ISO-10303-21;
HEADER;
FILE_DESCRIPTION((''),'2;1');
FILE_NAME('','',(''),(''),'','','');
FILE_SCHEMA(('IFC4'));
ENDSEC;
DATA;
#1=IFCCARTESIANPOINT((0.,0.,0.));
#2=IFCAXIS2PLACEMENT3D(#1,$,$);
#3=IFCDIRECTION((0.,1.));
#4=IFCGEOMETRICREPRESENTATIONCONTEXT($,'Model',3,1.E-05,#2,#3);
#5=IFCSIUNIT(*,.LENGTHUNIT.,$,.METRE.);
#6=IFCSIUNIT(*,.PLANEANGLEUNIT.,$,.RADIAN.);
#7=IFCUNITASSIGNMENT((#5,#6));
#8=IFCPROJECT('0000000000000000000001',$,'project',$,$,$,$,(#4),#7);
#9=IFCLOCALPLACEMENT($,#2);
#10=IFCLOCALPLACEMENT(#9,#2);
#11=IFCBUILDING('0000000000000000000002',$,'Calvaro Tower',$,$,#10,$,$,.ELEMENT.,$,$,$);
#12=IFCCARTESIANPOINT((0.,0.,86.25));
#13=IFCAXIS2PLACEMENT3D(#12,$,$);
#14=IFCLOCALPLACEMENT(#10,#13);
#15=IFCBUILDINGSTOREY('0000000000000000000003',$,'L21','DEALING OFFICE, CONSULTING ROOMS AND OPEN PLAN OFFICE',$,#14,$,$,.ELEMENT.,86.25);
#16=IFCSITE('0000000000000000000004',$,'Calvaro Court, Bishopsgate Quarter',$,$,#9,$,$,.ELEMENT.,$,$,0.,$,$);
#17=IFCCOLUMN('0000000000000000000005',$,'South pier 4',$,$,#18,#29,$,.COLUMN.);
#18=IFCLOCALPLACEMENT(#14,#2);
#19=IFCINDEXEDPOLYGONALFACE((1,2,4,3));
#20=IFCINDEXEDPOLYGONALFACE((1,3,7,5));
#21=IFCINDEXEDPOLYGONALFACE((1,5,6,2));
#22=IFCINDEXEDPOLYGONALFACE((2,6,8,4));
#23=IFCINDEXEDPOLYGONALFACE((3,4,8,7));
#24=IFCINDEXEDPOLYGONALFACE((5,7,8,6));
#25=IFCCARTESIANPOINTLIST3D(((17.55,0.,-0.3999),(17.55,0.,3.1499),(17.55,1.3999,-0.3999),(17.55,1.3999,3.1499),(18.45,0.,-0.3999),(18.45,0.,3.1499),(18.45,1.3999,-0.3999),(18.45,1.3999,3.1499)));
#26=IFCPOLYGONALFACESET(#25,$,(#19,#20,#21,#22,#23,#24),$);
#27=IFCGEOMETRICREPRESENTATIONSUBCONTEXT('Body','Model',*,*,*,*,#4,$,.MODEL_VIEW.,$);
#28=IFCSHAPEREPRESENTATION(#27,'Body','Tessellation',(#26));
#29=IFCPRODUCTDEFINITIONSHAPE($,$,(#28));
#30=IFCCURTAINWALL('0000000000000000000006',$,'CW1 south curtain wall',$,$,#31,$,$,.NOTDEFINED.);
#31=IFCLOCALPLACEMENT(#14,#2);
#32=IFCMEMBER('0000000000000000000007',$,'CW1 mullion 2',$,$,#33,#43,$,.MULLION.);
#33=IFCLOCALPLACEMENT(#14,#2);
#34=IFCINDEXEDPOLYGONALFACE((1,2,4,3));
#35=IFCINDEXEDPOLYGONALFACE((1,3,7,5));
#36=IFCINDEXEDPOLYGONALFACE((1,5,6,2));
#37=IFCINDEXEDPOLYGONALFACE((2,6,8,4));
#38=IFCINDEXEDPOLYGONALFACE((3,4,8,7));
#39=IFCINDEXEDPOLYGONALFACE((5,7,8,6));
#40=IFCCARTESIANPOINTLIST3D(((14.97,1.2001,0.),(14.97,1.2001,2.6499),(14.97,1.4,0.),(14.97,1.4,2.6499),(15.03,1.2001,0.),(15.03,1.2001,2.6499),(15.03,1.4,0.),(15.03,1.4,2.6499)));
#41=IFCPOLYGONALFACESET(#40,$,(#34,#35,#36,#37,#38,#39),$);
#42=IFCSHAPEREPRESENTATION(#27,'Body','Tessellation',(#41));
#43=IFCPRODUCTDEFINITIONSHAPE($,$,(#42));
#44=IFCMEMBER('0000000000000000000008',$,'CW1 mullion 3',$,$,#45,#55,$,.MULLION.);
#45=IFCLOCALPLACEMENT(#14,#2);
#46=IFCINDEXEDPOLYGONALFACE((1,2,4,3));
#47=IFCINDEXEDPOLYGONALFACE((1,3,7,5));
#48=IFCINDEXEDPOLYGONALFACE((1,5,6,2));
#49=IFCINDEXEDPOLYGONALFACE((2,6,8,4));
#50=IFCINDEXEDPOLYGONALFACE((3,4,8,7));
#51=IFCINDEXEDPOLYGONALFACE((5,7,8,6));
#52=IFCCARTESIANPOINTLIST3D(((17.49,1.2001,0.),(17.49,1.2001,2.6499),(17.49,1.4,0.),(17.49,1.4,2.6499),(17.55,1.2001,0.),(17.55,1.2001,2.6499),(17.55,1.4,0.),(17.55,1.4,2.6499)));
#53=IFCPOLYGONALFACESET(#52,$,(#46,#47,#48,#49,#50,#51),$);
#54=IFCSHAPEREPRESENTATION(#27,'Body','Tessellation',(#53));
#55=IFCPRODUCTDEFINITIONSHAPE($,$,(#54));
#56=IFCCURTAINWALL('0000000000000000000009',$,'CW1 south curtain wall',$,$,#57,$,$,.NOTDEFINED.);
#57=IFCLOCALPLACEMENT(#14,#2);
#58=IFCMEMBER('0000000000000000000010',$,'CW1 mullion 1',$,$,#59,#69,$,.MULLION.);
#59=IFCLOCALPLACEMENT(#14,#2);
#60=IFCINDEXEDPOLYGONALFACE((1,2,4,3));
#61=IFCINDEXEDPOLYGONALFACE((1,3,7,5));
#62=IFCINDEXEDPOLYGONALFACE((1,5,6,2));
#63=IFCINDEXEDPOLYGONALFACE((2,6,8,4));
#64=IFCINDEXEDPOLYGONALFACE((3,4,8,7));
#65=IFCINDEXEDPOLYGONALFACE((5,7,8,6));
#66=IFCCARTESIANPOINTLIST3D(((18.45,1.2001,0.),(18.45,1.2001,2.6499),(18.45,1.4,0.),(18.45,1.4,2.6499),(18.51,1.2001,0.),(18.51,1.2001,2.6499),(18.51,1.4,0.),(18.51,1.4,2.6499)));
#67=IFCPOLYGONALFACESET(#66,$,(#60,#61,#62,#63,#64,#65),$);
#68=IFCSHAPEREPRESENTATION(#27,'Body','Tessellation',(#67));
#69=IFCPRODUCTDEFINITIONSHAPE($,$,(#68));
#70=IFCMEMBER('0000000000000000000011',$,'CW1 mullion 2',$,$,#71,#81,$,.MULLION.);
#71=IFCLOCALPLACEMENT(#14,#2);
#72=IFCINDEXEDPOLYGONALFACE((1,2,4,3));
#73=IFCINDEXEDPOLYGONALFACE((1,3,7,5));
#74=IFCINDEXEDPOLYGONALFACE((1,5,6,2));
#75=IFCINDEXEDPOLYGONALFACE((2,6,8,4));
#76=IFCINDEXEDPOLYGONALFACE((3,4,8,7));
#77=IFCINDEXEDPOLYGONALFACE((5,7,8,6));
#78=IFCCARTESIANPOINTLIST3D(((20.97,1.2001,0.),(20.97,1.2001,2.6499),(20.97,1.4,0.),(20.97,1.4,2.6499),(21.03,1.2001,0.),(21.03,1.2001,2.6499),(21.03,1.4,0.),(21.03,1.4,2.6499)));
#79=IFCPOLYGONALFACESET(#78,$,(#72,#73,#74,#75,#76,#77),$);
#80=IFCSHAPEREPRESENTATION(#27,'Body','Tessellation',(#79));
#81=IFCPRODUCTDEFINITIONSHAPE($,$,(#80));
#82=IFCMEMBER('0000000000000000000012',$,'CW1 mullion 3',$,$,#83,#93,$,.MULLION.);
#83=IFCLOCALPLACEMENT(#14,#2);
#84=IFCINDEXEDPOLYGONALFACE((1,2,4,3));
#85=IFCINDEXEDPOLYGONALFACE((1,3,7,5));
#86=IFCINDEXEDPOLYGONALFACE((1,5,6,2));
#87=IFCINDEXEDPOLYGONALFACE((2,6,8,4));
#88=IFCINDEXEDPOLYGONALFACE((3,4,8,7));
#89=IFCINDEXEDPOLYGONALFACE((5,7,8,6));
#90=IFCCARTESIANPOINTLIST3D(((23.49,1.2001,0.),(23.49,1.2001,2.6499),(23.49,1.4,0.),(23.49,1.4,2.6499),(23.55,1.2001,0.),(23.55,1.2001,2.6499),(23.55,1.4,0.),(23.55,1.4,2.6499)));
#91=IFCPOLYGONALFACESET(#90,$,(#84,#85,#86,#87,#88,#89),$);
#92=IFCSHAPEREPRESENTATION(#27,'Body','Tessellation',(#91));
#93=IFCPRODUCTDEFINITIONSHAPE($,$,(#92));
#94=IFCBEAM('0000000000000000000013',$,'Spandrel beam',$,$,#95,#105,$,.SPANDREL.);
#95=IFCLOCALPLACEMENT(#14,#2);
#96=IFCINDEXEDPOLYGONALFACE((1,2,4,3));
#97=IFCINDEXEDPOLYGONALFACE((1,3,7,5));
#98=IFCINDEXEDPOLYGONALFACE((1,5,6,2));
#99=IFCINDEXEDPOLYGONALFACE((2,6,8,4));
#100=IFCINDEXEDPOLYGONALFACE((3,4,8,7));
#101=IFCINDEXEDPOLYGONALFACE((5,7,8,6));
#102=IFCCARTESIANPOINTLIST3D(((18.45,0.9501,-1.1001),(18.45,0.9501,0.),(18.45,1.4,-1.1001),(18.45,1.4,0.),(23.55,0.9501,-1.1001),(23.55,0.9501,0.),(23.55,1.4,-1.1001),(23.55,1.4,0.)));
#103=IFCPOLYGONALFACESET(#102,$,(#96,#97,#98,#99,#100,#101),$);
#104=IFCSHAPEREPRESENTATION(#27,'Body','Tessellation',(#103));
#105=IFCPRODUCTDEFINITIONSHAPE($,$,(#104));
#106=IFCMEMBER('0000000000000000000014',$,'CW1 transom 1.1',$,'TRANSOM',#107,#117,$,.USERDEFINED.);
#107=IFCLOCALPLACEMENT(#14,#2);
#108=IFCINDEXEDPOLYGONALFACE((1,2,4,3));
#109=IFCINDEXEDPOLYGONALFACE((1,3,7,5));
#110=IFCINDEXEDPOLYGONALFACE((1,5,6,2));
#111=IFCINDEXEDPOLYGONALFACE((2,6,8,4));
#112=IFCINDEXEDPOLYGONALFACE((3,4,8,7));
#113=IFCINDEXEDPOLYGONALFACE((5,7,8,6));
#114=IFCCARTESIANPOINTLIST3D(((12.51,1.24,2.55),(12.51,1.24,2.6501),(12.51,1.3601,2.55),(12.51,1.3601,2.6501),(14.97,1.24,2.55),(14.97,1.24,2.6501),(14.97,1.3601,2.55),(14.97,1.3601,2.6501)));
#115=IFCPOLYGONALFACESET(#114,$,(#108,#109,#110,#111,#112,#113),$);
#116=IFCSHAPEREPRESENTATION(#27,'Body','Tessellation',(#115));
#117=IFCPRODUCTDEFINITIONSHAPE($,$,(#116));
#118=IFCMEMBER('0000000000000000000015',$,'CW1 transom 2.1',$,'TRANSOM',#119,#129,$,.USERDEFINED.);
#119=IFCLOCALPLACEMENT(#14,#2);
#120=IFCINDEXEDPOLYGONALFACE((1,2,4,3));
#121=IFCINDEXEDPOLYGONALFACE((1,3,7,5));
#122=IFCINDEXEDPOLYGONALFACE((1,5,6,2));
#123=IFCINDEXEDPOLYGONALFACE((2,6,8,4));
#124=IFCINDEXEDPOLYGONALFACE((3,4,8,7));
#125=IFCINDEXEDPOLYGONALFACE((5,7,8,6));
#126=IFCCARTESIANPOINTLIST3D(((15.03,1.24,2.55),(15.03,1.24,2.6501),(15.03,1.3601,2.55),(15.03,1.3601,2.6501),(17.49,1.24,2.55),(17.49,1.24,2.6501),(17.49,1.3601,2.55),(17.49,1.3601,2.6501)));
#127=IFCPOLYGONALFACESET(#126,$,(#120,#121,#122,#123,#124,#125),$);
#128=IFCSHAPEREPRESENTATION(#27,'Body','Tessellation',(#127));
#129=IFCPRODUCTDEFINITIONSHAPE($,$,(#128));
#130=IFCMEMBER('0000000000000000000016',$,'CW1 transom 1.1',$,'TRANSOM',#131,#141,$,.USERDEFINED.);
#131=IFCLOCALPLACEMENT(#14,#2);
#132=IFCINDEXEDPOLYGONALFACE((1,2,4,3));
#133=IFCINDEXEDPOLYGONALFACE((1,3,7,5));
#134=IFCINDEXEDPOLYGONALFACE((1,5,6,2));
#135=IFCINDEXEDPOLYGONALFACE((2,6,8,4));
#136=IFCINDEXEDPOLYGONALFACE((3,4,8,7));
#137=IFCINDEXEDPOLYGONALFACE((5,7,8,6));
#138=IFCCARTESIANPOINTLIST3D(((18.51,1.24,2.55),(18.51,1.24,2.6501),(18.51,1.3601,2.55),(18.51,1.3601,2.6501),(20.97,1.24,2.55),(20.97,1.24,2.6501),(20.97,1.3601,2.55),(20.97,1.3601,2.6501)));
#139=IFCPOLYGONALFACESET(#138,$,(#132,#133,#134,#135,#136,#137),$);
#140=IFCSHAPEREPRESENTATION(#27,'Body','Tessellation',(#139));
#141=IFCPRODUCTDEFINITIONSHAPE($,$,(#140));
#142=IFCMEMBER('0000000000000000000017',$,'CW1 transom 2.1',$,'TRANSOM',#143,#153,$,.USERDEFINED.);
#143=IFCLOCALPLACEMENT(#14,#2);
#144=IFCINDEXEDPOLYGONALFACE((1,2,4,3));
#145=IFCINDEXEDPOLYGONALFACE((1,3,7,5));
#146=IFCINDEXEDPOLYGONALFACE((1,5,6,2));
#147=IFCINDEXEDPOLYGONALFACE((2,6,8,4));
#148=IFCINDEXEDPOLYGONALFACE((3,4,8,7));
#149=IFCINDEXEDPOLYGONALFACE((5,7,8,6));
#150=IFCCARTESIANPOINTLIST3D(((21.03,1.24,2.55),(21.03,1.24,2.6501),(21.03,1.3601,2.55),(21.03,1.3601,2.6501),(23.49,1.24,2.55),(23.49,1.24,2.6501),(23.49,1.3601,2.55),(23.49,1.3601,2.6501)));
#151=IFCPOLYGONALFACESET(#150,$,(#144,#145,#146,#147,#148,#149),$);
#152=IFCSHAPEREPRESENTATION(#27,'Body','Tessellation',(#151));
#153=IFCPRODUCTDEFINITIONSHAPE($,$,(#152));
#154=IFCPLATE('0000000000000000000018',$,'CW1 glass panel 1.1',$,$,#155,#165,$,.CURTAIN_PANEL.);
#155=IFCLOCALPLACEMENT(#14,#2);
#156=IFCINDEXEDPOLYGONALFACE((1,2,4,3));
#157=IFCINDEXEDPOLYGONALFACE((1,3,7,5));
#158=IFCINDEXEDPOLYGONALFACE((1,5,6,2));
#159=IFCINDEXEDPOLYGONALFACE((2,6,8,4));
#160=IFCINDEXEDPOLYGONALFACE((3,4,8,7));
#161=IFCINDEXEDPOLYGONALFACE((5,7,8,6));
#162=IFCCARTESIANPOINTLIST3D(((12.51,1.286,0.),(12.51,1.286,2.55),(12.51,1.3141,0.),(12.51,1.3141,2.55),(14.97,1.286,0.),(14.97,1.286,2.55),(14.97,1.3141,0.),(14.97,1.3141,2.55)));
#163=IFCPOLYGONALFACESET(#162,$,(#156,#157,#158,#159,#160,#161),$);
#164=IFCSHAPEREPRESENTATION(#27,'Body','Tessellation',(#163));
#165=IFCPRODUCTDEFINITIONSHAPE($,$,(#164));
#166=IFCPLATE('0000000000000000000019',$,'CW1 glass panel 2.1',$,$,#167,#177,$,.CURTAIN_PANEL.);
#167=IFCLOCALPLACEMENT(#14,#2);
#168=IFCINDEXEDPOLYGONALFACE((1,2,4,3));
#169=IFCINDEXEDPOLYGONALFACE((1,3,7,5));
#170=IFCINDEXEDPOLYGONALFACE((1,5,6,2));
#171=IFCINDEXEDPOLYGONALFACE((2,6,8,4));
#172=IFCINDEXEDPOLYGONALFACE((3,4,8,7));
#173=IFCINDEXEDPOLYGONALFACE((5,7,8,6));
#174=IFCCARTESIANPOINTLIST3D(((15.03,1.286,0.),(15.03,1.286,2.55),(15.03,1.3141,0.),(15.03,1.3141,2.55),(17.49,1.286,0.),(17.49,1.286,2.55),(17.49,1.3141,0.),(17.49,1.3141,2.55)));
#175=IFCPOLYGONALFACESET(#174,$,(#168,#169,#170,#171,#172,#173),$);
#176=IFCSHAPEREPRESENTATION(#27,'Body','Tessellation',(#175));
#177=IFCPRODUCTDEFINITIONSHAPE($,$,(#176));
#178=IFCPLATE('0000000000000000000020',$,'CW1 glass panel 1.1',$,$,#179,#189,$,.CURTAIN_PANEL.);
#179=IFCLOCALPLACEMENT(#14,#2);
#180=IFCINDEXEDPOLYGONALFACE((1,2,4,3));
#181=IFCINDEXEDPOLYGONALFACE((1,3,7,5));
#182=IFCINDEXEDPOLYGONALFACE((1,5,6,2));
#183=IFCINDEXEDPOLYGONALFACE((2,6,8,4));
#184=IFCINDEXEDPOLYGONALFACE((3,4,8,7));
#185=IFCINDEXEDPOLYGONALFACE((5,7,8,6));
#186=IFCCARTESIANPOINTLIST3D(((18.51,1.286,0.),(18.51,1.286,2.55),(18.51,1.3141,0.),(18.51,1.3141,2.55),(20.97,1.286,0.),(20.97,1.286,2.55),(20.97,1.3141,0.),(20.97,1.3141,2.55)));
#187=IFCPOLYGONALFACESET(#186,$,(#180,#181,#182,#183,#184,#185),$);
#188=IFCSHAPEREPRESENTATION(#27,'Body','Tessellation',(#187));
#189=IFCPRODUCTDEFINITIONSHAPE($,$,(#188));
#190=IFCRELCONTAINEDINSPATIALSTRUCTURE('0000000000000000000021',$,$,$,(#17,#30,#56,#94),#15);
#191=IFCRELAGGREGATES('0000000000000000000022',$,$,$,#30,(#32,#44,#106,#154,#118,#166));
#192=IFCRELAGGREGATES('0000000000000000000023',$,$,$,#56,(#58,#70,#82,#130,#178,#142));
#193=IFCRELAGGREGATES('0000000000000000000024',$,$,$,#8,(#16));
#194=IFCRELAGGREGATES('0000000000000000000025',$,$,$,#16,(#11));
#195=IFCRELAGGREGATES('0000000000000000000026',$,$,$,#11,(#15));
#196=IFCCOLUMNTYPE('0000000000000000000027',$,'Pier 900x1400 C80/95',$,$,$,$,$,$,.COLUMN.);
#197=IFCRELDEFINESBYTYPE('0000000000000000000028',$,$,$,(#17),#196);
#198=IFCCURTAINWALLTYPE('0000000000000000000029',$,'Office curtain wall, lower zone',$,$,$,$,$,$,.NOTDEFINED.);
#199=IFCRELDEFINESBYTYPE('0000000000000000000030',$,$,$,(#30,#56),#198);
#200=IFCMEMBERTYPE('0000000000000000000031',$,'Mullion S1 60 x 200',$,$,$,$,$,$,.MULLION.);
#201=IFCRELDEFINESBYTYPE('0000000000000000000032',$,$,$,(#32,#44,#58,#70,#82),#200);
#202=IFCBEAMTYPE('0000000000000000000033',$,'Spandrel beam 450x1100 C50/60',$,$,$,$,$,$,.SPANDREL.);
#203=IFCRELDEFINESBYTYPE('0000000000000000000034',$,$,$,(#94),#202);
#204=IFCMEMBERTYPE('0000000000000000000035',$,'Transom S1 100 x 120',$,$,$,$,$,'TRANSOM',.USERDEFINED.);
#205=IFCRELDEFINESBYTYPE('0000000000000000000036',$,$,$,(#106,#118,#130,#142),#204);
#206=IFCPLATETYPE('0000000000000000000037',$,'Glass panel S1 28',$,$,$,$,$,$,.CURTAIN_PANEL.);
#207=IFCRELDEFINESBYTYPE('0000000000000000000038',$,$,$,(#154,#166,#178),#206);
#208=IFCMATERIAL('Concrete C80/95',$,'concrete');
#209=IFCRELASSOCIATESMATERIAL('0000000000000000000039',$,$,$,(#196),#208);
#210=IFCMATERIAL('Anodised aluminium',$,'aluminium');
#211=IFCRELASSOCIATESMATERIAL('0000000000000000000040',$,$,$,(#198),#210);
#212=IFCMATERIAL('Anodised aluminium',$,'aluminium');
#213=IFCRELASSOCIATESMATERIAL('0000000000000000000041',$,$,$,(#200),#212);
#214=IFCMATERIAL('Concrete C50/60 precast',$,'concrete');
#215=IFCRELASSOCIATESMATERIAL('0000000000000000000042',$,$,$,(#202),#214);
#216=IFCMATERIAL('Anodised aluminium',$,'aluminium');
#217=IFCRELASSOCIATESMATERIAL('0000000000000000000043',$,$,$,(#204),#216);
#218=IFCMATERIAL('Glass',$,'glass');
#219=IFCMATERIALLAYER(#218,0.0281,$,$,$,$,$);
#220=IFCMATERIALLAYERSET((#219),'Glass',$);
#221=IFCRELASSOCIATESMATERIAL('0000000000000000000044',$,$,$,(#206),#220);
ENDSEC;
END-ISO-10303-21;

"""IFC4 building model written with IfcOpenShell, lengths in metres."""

from ifc_helpers import new_model, si_unit, direction, frame, origin, origin_2d, place, context, subcontext, project, spatial, rectangle, extrude, material, layer, layer_set, material_profile, profile_set, type_object, element, aggregate, save


model = new_model("IFC4")

# Units and contexts
model_context = context("Model", 3, precision=1e-05, world=origin(), true_north=direction((0.0, 1.0)))
body_context = subcontext(model_context, "Body", "Model", "MODEL_VIEW")
ifc_project = project(units=[si_unit("LENGTHUNIT", "METRE"), si_unit("PLANEANGLEUNIT", "RADIAN")], contexts=[model_context])

# Site, building, storey
site_placement = place(None, origin())
site = spatial("IfcSite", under=ifc_project, at=site_placement, Name="Calvaro Court, Bishopsgate Quarter", CompositionType="ELEMENT", RefElevation=0.0)
building_placement = place(site_placement, origin())
building = spatial("IfcBuilding", under=site, at=building_placement, Name="Calvaro Tower", CompositionType="ELEMENT")
storey_placement = place(building_placement, frame((0.0, 0.0, 86.25)))
storey = spatial("IfcBuildingStorey", under=building, at=storey_placement, Name="L21", Description="DEALING OFFICE, CONSULTING ROOMS AND OPEN PLAN OFFICE", CompositionType="ELEMENT", Elevation=86.25)

# Column
ifc_material_1 = material(Name="Concrete C80/95", Category="concrete")
ifc_material_profile_1 = material_profile(ifc_material_1, rectangle(XDim=0.8999, YDim=1.3999, at=origin_2d()), Name="RC 900x1400")
ifc_profile_set_1 = profile_set([ifc_material_profile_1], Name="Concrete C80/95")
column_type = type_object("IfcColumnType", Name="Pier 900x1400 C80/95", PredefinedType="COLUMN", material=ifc_profile_set_1)
column_placement = place(storey_placement, frame((18.0, 0.7, -0.3999), z_axis=(0.0, 0.0, 1.0), x_axis=(1.0, 0.0, 0.0)))
element("IfcColumn", 1, at=column_placement, inside=storey, type_object=column_type, Name="South pier 4", PredefinedType="COLUMN", context=body_context, shape_type="SweptSolid", body=[
    extrude(rectangle(XDim=0.8999, YDim=1.3999, at=origin_2d()), origin(), (0.0, 0.0, 1.0), 3.5498),
])

# Curtain walls, members
ifc_material_2 = material(Name="Anodised aluminium", Category="aluminium")
curtain_wall_type = type_object("IfcCurtainWallType", Name="Office curtain wall, lower zone", PredefinedType="NOTDEFINED", material=ifc_material_2)
curtain_wall_1_placement = place(storey_placement, origin())
curtain_wall_1 = element("IfcCurtainWall", 2, at=curtain_wall_1_placement, inside=storey, type_object=curtain_wall_type, Name="CW1 south curtain wall", PredefinedType="NOTDEFINED")
ifc_material_3 = material(Name="Anodised aluminium", Category="aluminium")
ifc_material_profile_2 = material_profile(ifc_material_3, rectangle(XDim=0.2, YDim=0.0601, at=origin_2d()), Name="Mullion S1 60 x 200")
ifc_profile_set_2 = profile_set([ifc_material_profile_2], Name="Anodised aluminium")
member_type_1 = type_object("IfcMemberType", Name="Mullion S1 60 x 200", PredefinedType="MULLION", material=ifc_profile_set_2)
member_1_placement = place(storey_placement, frame((15.0, 1.3, 0.0), z_axis=(0.0, 0.0, 1.0), x_axis=(0.0, 1.0, 0.0)))
member_1 = element("IfcMember", 3, at=member_1_placement, type_object=member_type_1, Name="CW1 mullion 2", PredefinedType="MULLION", context=body_context, shape_type="SweptSolid", body=[
    extrude(rectangle(XDim=0.2, YDim=0.0601, at=origin_2d()), origin(), (0.0, 0.0, 1.0), 2.6499),
])
member_2_placement = place(storey_placement, frame((17.52, 1.3, 0.0), z_axis=(0.0, 0.0, 1.0), x_axis=(0.0, 1.0, 0.0)))
member_2 = element("IfcMember", 4, at=member_2_placement, type_object=member_type_1, Name="CW1 mullion 3", PredefinedType="MULLION", context=body_context, shape_type="SweptSolid", body=[
    extrude(rectangle(XDim=0.2, YDim=0.0601, at=origin_2d()), origin(), (0.0, 0.0, 1.0), 2.6499),
])
curtain_wall_2_placement = place(storey_placement, origin())
curtain_wall_2 = element("IfcCurtainWall", 5, at=curtain_wall_2_placement, inside=storey, type_object=curtain_wall_type, Name="CW1 south curtain wall", PredefinedType="NOTDEFINED")
member_3_placement = place(storey_placement, frame((18.48, 1.3, 0.0), z_axis=(0.0, 0.0, 1.0), x_axis=(0.0, 1.0, 0.0)))
member_3 = element("IfcMember", 6, at=member_3_placement, type_object=member_type_1, Name="CW1 mullion 1", PredefinedType="MULLION", context=body_context, shape_type="SweptSolid", body=[
    extrude(rectangle(XDim=0.2, YDim=0.0601, at=origin_2d()), origin(), (0.0, 0.0, 1.0), 2.6499),
])
member_4_placement = place(storey_placement, frame((21.0, 1.3, 0.0), z_axis=(0.0, 0.0, 1.0), x_axis=(0.0, 1.0, 0.0)))
member_4 = element("IfcMember", 7, at=member_4_placement, type_object=member_type_1, Name="CW1 mullion 2", PredefinedType="MULLION", context=body_context, shape_type="SweptSolid", body=[
    extrude(rectangle(XDim=0.2, YDim=0.0601, at=origin_2d()), origin(), (0.0, 0.0, 1.0), 2.6499),
])
member_5_placement = place(storey_placement, frame((23.52, 1.3, 0.0), z_axis=(0.0, 0.0, 1.0), x_axis=(0.0, 1.0, 0.0)))
member_5 = element("IfcMember", 8, at=member_5_placement, type_object=member_type_1, Name="CW1 mullion 3", PredefinedType="MULLION", context=body_context, shape_type="SweptSolid", body=[
    extrude(rectangle(XDim=0.2, YDim=0.0601, at=origin_2d()), origin(), (0.0, 0.0, 1.0), 2.6499),
])

# Beam
ifc_material_4 = material(Name="Concrete C50/60 precast", Category="concrete")
ifc_material_profile_3 = material_profile(ifc_material_4, rectangle(XDim=0.45, YDim=1.1001, at=origin_2d()), Name="RC 450x1100")
ifc_profile_set_3 = profile_set([ifc_material_profile_3], Name="Concrete C50/60 precast")
beam_type = type_object("IfcBeamType", Name="Spandrel beam 450x1100 C50/60", PredefinedType="SPANDREL", material=ifc_profile_set_3)
beam_placement = place(storey_placement, frame((18.45, 1.175, -0.55), z_axis=(1.0, 0.0, 0.0), x_axis=(0.0, 1.0, 0.0)))
element("IfcBeam", 9, at=beam_placement, inside=storey, type_object=beam_type, Name="Spandrel beam", PredefinedType="SPANDREL", context=body_context, shape_type="SweptSolid", body=[
    extrude(rectangle(XDim=0.45, YDim=1.1001, at=origin_2d()), origin(), (0.0, 0.0, 1.0), 5.1001),
])

# Members
ifc_material_5 = material(Name="Anodised aluminium", Category="aluminium")
ifc_material_profile_4 = material_profile(ifc_material_5, rectangle(XDim=0.1201, YDim=0.1001, at=origin_2d()), Name="Transom S1 100 x 120")
ifc_profile_set_4 = profile_set([ifc_material_profile_4], Name="Anodised aluminium")
member_type_2 = type_object("IfcMemberType", Name="Transom S1 100 x 120", ElementType="TRANSOM", PredefinedType="USERDEFINED", material=ifc_profile_set_4)
member_6_placement = place(storey_placement, frame((12.51, 1.3, 2.6001), z_axis=(1.0, 0.0, 0.0), x_axis=(0.0, 1.0, 0.0)))
member_6 = element("IfcMember", 10, at=member_6_placement, type_object=member_type_2, Name="CW1 transom 1.1", ObjectType="TRANSOM", PredefinedType="USERDEFINED", context=body_context, shape_type="SweptSolid", body=[
    extrude(rectangle(XDim=0.1201, YDim=0.1001, at=origin_2d()), origin(), (0.0, 0.0, 1.0), 2.46),
])
member_7_placement = place(storey_placement, frame((15.03, 1.3, 2.6001), z_axis=(1.0, 0.0, 0.0), x_axis=(0.0, 1.0, 0.0)))
member_7 = element("IfcMember", 11, at=member_7_placement, type_object=member_type_2, Name="CW1 transom 2.1", ObjectType="TRANSOM", PredefinedType="USERDEFINED", context=body_context, shape_type="SweptSolid", body=[
    extrude(rectangle(XDim=0.1201, YDim=0.1001, at=origin_2d()), origin(), (0.0, 0.0, 1.0), 2.46),
])
member_8_placement = place(storey_placement, frame((18.51, 1.3, 2.6001), z_axis=(1.0, 0.0, 0.0), x_axis=(0.0, 1.0, 0.0)))
member_8 = element("IfcMember", 12, at=member_8_placement, type_object=member_type_2, Name="CW1 transom 1.1", ObjectType="TRANSOM", PredefinedType="USERDEFINED", context=body_context, shape_type="SweptSolid", body=[
    extrude(rectangle(XDim=0.1201, YDim=0.1001, at=origin_2d()), origin(), (0.0, 0.0, 1.0), 2.46),
])
member_9_placement = place(storey_placement, frame((21.03, 1.3, 2.6001), z_axis=(1.0, 0.0, 0.0), x_axis=(0.0, 1.0, 0.0)))
member_9 = element("IfcMember", 13, at=member_9_placement, type_object=member_type_2, Name="CW1 transom 2.1", ObjectType="TRANSOM", PredefinedType="USERDEFINED", context=body_context, shape_type="SweptSolid", body=[
    extrude(rectangle(XDim=0.1201, YDim=0.1001, at=origin_2d()), origin(), (0.0, 0.0, 1.0), 2.46),
])

# Plates
ifc_material_6 = material(Name="Glass", Category="glass")
ifc_layer = layer(ifc_material_6, 0.0281)
ifc_layer_set = layer_set([ifc_layer], Name="Glass")
plate_type = type_object("IfcPlateType", Name="Glass panel S1 28", PredefinedType="CURTAIN_PANEL", material=ifc_layer_set)
plate_1_placement = place(storey_placement, frame((13.74, 1.3, 0.0), z_axis=(0.0, 0.0, 1.0), x_axis=(1.0, 0.0, 0.0)))
plate_1 = element("IfcPlate", 14, at=plate_1_placement, type_object=plate_type, Name="CW1 glass panel 1.1", PredefinedType="CURTAIN_PANEL", context=body_context, shape_type="SweptSolid", body=[
    extrude(rectangle(XDim=2.46, YDim=0.0281, at=origin_2d()), origin(), (0.0, 0.0, 1.0), 2.55),
])
plate_2_placement = place(storey_placement, frame((16.26, 1.3, 0.0), z_axis=(0.0, 0.0, 1.0), x_axis=(1.0, 0.0, 0.0)))
plate_2 = element("IfcPlate", 15, at=plate_2_placement, type_object=plate_type, Name="CW1 glass panel 2.1", PredefinedType="CURTAIN_PANEL", context=body_context, shape_type="SweptSolid", body=[
    extrude(rectangle(XDim=2.46, YDim=0.0281, at=origin_2d()), origin(), (0.0, 0.0, 1.0), 2.55),
])
aggregate(curtain_wall_1, [member_1, member_2, member_6, plate_1, member_7, plate_2])
plate_3_placement = place(storey_placement, frame((19.74, 1.3, 0.0), z_axis=(0.0, 0.0, 1.0), x_axis=(1.0, 0.0, 0.0)))
plate_3 = element("IfcPlate", 16, at=plate_3_placement, type_object=plate_type, Name="CW1 glass panel 1.1", PredefinedType="CURTAIN_PANEL", context=body_context, shape_type="SweptSolid", body=[
    extrude(rectangle(XDim=2.46, YDim=0.0281, at=origin_2d()), origin(), (0.0, 0.0, 1.0), 2.55),
])
aggregate(curtain_wall_2, [member_3, member_4, member_5, member_8, plate_3, member_9])

save(model, "model.ifc")
